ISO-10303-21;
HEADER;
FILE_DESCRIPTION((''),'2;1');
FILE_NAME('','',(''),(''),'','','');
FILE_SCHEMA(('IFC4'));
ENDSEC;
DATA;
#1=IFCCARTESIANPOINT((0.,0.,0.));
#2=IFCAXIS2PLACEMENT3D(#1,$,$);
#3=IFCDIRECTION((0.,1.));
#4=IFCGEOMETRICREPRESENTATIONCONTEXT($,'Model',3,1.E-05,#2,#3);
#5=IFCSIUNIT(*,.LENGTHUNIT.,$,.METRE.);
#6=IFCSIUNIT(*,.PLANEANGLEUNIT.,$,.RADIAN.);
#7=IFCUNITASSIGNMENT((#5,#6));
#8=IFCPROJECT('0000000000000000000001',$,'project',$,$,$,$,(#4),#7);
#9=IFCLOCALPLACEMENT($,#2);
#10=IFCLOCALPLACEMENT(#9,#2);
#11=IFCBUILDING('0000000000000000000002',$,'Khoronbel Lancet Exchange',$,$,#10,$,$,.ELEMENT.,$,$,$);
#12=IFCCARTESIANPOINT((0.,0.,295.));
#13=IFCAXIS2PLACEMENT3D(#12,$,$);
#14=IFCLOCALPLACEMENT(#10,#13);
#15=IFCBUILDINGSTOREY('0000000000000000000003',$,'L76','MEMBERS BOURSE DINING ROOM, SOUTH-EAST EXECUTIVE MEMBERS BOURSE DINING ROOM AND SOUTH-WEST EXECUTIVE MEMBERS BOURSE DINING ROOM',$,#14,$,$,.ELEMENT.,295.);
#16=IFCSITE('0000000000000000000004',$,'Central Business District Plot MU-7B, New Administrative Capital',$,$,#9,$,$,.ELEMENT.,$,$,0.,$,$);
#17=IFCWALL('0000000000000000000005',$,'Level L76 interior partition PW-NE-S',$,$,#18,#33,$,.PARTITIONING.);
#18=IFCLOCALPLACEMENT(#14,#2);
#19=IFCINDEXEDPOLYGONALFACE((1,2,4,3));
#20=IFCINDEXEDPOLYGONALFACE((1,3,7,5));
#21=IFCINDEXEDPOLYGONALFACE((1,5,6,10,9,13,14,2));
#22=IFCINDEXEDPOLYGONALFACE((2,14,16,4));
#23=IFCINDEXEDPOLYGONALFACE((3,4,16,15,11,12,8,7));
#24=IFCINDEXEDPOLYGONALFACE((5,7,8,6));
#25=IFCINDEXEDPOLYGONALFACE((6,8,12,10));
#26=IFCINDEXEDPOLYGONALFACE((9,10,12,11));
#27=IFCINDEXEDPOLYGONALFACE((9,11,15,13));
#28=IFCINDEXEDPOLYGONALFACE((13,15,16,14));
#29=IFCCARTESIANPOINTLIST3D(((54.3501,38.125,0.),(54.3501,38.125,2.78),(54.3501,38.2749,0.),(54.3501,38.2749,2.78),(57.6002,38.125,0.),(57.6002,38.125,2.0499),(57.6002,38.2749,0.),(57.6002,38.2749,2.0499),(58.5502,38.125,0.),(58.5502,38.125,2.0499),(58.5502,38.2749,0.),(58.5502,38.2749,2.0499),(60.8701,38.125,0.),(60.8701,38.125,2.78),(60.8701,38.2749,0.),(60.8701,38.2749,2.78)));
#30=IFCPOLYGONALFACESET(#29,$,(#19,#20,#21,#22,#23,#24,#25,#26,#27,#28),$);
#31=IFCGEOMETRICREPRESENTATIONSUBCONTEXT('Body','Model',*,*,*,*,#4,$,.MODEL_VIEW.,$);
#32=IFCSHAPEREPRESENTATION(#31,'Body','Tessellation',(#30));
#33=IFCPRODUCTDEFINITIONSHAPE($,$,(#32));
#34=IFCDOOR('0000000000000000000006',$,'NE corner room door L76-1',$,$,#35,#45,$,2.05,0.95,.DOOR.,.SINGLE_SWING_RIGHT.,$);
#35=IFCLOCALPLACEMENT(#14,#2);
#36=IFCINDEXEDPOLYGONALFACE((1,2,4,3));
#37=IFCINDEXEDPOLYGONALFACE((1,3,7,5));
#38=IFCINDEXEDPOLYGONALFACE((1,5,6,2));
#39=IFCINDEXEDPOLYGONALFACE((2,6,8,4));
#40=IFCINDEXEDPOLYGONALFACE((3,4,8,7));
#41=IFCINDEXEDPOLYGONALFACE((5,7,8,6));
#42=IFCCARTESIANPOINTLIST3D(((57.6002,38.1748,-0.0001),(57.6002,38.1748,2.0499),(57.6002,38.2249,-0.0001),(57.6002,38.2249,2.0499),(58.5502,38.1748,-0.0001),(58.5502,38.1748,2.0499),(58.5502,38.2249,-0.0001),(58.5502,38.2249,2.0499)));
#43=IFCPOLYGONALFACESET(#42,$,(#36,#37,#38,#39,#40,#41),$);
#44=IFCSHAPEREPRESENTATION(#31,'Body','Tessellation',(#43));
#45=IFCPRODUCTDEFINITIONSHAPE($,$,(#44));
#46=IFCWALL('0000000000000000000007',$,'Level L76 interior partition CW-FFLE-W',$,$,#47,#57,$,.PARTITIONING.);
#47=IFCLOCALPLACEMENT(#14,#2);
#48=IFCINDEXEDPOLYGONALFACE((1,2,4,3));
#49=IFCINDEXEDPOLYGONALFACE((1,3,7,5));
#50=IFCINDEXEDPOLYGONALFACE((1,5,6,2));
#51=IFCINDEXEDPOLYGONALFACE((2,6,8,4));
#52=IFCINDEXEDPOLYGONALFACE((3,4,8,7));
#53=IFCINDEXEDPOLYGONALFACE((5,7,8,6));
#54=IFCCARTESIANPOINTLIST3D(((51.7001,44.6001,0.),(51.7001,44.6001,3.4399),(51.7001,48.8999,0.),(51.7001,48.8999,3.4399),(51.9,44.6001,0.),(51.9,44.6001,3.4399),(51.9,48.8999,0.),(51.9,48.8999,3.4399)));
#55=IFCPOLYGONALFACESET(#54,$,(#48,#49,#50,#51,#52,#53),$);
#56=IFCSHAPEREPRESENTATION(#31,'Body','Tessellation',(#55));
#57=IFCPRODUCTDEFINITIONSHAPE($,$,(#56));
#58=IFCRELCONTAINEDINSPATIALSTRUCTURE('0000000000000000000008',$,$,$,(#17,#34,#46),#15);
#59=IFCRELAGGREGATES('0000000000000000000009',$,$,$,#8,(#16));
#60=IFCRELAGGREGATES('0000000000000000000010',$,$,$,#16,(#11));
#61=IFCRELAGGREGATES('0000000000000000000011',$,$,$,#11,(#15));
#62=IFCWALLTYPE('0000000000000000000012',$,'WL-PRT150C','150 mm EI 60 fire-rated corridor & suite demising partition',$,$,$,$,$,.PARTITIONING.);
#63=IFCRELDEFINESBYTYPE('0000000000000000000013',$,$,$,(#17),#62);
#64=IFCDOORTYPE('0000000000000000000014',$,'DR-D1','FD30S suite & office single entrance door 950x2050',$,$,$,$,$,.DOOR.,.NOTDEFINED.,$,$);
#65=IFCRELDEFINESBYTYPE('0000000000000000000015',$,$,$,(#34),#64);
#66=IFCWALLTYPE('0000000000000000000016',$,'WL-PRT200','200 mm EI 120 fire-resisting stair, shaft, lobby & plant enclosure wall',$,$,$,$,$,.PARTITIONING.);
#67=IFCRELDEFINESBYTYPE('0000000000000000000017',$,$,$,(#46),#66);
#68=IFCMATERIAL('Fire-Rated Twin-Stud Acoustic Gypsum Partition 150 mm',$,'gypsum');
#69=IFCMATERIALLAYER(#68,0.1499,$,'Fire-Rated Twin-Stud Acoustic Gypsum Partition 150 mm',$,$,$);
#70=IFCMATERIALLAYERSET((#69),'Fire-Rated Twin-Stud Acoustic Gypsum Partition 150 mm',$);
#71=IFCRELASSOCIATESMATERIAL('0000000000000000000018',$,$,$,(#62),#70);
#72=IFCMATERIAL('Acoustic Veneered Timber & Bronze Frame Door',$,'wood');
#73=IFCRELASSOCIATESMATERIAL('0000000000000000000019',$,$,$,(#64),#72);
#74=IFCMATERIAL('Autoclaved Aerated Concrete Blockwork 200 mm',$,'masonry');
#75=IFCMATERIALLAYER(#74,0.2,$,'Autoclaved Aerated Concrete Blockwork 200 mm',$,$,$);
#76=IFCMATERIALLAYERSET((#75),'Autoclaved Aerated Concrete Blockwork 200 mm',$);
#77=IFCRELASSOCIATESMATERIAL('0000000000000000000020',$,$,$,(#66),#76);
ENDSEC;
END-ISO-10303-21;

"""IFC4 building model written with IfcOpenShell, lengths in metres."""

from ifc_helpers import new_model, si_unit, direction, frame, frame_2d, origin, place, context, subcontext, project, spatial, rectangle, extrude, material, layer, layer_set, type_object, element, fill, save


model = new_model("IFC4")

# Units and contexts
model_context = context("Model", 3, precision=1e-05, world=origin(), true_north=direction((0.0, 1.0)))
body_context = subcontext(model_context, "Body", "Model", "MODEL_VIEW")
ifc_project = project(units=[si_unit("LENGTHUNIT", "METRE"), si_unit("PLANEANGLEUNIT", "RADIAN")], contexts=[model_context])

# Site, building, storey
site_placement = place(None, origin())
site = spatial("IfcSite", under=ifc_project, at=site_placement, Name="Central Business District Plot MU-7B, New Administrative Capital", CompositionType="ELEMENT", RefElevation=0.0)
building_placement = place(site_placement, origin())
building = spatial("IfcBuilding", under=site, at=building_placement, Name="Khoronbel Lancet Exchange", CompositionType="ELEMENT")
storey_placement = place(building_placement, frame((0.0, 0.0, 295.0)))
storey = spatial("IfcBuildingStorey", under=building, at=storey_placement, Name="L76", Description="MEMBERS BOURSE DINING ROOM, SOUTH-EAST EXECUTIVE MEMBERS BOURSE DINING ROOM AND SOUTH-WEST EXECUTIVE MEMBERS BOURSE DINING ROOM", CompositionType="ELEMENT", Elevation=295.0)

# Wall, opening, door
ifc_material_1 = material(Name="Fire-Rated Twin-Stud Acoustic Gypsum Partition 150 mm", Category="gypsum")
ifc_layer_1 = layer(ifc_material_1, 0.1499, Name="Fire-Rated Twin-Stud Acoustic Gypsum Partition 150 mm")
ifc_layer_set_1 = layer_set([ifc_layer_1], Name="Fire-Rated Twin-Stud Acoustic Gypsum Partition 150 mm")
wall_type_1 = type_object("IfcWallType", Name="WL-PRT150C", Description="150 mm EI 60 fire-rated corridor & suite demising partition", PredefinedType="PARTITIONING", material=ifc_layer_set_1)
wall_1_placement = place(storey_placement, frame((54.3501, 38.2, 0.0), z_axis=(0.0, 0.0, 1.0), x_axis=(1.0, 0.0, 0.0)))
wall_1 = element("IfcWall", 1, at=wall_1_placement, inside=storey, type_object=wall_type_1, Name="Level L76 interior partition PW-NE-S", PredefinedType="PARTITIONING", context=body_context, shape_type="SweptSolid", body=[
    extrude(rectangle(XDim=6.52, YDim=0.1499, at=frame_2d((3.26, 0.0))), origin(), (0.0, 0.0, 1.0), 2.78),
])
opening_1_placement = place(wall_1_placement, frame((3.25, 0.0, 0.0)))
opening_1 = element("IfcOpeningElement", 2, at=opening_1_placement, cuts=wall_1, PredefinedType="OPENING", context=body_context, shape_type="SweptSolid", body=[
    extrude(rectangle(XDim=0.95, YDim=2.05, at=frame_2d((0.4751, 1.0249))), frame((0.0, 0.085, 0.0), z_axis=(0.0, -1.0, 0.0), x_axis=(1.0, 0.0, 0.0)), (0.0, 0.0, 1.0), 0.1699),
])
ifc_material_2 = material(Name="Acoustic Veneered Timber & Bronze Frame Door", Category="wood")
door_type_1 = type_object("IfcDoorType", Name="DR-D1", Description="FD30S suite & office single entrance door 950x2050", OperationType="NOTDEFINED", PredefinedType="DOOR", material=ifc_material_2)
door_1_placement = place(opening_1_placement, origin())
door_1 = element("IfcDoor", 3, at=door_1_placement, inside=storey, type_object=door_type_1, Name="NE corner room door L76-1", OperationType="SINGLE_SWING_RIGHT", OverallHeight=2.05, OverallWidth=0.95, PredefinedType="DOOR", context=body_context, shape_type="SweptSolid", body=[
    extrude(rectangle(XDim=0.95, YDim=2.05, at=frame_2d((0.4751, 1.0249))), frame((0.0, 0.0249, 0.0), z_axis=(0.0, -1.0, 0.0), x_axis=(1.0, 0.0, 0.0)), (0.0, 0.0, 1.0), 0.05),
])
fill(opening_1, door_1)

# Wall
ifc_material_3 = material(Name="Autoclaved Aerated Concrete Blockwork 200 mm", Category="masonry")
ifc_layer_2 = layer(ifc_material_3, 0.2, Name="Autoclaved Aerated Concrete Blockwork 200 mm")
ifc_layer_set_2 = layer_set([ifc_layer_2], Name="Autoclaved Aerated Concrete Blockwork 200 mm")
wall_type_2 = type_object("IfcWallType", Name="WL-PRT200", Description="200 mm EI 120 fire-resisting stair, shaft, lobby & plant enclosure wall", PredefinedType="PARTITIONING", material=ifc_layer_set_2)
wall_2_placement = place(storey_placement, frame((51.8, 44.6001, 0.0), z_axis=(0.0, 0.0, 1.0), x_axis=(0.0, 1.0, 0.0)))
element("IfcWall", 4, at=wall_2_placement, inside=storey, type_object=wall_type_2, Name="Level L76 interior partition CW-FFLE-W", PredefinedType="PARTITIONING", context=body_context, shape_type="SweptSolid", body=[
    extrude(rectangle(XDim=4.2998, YDim=0.2, at=frame_2d((2.1499, 0.0))), origin(), (0.0, 0.0, 1.0), 3.4399),
])

save(model, "model.ifc")
